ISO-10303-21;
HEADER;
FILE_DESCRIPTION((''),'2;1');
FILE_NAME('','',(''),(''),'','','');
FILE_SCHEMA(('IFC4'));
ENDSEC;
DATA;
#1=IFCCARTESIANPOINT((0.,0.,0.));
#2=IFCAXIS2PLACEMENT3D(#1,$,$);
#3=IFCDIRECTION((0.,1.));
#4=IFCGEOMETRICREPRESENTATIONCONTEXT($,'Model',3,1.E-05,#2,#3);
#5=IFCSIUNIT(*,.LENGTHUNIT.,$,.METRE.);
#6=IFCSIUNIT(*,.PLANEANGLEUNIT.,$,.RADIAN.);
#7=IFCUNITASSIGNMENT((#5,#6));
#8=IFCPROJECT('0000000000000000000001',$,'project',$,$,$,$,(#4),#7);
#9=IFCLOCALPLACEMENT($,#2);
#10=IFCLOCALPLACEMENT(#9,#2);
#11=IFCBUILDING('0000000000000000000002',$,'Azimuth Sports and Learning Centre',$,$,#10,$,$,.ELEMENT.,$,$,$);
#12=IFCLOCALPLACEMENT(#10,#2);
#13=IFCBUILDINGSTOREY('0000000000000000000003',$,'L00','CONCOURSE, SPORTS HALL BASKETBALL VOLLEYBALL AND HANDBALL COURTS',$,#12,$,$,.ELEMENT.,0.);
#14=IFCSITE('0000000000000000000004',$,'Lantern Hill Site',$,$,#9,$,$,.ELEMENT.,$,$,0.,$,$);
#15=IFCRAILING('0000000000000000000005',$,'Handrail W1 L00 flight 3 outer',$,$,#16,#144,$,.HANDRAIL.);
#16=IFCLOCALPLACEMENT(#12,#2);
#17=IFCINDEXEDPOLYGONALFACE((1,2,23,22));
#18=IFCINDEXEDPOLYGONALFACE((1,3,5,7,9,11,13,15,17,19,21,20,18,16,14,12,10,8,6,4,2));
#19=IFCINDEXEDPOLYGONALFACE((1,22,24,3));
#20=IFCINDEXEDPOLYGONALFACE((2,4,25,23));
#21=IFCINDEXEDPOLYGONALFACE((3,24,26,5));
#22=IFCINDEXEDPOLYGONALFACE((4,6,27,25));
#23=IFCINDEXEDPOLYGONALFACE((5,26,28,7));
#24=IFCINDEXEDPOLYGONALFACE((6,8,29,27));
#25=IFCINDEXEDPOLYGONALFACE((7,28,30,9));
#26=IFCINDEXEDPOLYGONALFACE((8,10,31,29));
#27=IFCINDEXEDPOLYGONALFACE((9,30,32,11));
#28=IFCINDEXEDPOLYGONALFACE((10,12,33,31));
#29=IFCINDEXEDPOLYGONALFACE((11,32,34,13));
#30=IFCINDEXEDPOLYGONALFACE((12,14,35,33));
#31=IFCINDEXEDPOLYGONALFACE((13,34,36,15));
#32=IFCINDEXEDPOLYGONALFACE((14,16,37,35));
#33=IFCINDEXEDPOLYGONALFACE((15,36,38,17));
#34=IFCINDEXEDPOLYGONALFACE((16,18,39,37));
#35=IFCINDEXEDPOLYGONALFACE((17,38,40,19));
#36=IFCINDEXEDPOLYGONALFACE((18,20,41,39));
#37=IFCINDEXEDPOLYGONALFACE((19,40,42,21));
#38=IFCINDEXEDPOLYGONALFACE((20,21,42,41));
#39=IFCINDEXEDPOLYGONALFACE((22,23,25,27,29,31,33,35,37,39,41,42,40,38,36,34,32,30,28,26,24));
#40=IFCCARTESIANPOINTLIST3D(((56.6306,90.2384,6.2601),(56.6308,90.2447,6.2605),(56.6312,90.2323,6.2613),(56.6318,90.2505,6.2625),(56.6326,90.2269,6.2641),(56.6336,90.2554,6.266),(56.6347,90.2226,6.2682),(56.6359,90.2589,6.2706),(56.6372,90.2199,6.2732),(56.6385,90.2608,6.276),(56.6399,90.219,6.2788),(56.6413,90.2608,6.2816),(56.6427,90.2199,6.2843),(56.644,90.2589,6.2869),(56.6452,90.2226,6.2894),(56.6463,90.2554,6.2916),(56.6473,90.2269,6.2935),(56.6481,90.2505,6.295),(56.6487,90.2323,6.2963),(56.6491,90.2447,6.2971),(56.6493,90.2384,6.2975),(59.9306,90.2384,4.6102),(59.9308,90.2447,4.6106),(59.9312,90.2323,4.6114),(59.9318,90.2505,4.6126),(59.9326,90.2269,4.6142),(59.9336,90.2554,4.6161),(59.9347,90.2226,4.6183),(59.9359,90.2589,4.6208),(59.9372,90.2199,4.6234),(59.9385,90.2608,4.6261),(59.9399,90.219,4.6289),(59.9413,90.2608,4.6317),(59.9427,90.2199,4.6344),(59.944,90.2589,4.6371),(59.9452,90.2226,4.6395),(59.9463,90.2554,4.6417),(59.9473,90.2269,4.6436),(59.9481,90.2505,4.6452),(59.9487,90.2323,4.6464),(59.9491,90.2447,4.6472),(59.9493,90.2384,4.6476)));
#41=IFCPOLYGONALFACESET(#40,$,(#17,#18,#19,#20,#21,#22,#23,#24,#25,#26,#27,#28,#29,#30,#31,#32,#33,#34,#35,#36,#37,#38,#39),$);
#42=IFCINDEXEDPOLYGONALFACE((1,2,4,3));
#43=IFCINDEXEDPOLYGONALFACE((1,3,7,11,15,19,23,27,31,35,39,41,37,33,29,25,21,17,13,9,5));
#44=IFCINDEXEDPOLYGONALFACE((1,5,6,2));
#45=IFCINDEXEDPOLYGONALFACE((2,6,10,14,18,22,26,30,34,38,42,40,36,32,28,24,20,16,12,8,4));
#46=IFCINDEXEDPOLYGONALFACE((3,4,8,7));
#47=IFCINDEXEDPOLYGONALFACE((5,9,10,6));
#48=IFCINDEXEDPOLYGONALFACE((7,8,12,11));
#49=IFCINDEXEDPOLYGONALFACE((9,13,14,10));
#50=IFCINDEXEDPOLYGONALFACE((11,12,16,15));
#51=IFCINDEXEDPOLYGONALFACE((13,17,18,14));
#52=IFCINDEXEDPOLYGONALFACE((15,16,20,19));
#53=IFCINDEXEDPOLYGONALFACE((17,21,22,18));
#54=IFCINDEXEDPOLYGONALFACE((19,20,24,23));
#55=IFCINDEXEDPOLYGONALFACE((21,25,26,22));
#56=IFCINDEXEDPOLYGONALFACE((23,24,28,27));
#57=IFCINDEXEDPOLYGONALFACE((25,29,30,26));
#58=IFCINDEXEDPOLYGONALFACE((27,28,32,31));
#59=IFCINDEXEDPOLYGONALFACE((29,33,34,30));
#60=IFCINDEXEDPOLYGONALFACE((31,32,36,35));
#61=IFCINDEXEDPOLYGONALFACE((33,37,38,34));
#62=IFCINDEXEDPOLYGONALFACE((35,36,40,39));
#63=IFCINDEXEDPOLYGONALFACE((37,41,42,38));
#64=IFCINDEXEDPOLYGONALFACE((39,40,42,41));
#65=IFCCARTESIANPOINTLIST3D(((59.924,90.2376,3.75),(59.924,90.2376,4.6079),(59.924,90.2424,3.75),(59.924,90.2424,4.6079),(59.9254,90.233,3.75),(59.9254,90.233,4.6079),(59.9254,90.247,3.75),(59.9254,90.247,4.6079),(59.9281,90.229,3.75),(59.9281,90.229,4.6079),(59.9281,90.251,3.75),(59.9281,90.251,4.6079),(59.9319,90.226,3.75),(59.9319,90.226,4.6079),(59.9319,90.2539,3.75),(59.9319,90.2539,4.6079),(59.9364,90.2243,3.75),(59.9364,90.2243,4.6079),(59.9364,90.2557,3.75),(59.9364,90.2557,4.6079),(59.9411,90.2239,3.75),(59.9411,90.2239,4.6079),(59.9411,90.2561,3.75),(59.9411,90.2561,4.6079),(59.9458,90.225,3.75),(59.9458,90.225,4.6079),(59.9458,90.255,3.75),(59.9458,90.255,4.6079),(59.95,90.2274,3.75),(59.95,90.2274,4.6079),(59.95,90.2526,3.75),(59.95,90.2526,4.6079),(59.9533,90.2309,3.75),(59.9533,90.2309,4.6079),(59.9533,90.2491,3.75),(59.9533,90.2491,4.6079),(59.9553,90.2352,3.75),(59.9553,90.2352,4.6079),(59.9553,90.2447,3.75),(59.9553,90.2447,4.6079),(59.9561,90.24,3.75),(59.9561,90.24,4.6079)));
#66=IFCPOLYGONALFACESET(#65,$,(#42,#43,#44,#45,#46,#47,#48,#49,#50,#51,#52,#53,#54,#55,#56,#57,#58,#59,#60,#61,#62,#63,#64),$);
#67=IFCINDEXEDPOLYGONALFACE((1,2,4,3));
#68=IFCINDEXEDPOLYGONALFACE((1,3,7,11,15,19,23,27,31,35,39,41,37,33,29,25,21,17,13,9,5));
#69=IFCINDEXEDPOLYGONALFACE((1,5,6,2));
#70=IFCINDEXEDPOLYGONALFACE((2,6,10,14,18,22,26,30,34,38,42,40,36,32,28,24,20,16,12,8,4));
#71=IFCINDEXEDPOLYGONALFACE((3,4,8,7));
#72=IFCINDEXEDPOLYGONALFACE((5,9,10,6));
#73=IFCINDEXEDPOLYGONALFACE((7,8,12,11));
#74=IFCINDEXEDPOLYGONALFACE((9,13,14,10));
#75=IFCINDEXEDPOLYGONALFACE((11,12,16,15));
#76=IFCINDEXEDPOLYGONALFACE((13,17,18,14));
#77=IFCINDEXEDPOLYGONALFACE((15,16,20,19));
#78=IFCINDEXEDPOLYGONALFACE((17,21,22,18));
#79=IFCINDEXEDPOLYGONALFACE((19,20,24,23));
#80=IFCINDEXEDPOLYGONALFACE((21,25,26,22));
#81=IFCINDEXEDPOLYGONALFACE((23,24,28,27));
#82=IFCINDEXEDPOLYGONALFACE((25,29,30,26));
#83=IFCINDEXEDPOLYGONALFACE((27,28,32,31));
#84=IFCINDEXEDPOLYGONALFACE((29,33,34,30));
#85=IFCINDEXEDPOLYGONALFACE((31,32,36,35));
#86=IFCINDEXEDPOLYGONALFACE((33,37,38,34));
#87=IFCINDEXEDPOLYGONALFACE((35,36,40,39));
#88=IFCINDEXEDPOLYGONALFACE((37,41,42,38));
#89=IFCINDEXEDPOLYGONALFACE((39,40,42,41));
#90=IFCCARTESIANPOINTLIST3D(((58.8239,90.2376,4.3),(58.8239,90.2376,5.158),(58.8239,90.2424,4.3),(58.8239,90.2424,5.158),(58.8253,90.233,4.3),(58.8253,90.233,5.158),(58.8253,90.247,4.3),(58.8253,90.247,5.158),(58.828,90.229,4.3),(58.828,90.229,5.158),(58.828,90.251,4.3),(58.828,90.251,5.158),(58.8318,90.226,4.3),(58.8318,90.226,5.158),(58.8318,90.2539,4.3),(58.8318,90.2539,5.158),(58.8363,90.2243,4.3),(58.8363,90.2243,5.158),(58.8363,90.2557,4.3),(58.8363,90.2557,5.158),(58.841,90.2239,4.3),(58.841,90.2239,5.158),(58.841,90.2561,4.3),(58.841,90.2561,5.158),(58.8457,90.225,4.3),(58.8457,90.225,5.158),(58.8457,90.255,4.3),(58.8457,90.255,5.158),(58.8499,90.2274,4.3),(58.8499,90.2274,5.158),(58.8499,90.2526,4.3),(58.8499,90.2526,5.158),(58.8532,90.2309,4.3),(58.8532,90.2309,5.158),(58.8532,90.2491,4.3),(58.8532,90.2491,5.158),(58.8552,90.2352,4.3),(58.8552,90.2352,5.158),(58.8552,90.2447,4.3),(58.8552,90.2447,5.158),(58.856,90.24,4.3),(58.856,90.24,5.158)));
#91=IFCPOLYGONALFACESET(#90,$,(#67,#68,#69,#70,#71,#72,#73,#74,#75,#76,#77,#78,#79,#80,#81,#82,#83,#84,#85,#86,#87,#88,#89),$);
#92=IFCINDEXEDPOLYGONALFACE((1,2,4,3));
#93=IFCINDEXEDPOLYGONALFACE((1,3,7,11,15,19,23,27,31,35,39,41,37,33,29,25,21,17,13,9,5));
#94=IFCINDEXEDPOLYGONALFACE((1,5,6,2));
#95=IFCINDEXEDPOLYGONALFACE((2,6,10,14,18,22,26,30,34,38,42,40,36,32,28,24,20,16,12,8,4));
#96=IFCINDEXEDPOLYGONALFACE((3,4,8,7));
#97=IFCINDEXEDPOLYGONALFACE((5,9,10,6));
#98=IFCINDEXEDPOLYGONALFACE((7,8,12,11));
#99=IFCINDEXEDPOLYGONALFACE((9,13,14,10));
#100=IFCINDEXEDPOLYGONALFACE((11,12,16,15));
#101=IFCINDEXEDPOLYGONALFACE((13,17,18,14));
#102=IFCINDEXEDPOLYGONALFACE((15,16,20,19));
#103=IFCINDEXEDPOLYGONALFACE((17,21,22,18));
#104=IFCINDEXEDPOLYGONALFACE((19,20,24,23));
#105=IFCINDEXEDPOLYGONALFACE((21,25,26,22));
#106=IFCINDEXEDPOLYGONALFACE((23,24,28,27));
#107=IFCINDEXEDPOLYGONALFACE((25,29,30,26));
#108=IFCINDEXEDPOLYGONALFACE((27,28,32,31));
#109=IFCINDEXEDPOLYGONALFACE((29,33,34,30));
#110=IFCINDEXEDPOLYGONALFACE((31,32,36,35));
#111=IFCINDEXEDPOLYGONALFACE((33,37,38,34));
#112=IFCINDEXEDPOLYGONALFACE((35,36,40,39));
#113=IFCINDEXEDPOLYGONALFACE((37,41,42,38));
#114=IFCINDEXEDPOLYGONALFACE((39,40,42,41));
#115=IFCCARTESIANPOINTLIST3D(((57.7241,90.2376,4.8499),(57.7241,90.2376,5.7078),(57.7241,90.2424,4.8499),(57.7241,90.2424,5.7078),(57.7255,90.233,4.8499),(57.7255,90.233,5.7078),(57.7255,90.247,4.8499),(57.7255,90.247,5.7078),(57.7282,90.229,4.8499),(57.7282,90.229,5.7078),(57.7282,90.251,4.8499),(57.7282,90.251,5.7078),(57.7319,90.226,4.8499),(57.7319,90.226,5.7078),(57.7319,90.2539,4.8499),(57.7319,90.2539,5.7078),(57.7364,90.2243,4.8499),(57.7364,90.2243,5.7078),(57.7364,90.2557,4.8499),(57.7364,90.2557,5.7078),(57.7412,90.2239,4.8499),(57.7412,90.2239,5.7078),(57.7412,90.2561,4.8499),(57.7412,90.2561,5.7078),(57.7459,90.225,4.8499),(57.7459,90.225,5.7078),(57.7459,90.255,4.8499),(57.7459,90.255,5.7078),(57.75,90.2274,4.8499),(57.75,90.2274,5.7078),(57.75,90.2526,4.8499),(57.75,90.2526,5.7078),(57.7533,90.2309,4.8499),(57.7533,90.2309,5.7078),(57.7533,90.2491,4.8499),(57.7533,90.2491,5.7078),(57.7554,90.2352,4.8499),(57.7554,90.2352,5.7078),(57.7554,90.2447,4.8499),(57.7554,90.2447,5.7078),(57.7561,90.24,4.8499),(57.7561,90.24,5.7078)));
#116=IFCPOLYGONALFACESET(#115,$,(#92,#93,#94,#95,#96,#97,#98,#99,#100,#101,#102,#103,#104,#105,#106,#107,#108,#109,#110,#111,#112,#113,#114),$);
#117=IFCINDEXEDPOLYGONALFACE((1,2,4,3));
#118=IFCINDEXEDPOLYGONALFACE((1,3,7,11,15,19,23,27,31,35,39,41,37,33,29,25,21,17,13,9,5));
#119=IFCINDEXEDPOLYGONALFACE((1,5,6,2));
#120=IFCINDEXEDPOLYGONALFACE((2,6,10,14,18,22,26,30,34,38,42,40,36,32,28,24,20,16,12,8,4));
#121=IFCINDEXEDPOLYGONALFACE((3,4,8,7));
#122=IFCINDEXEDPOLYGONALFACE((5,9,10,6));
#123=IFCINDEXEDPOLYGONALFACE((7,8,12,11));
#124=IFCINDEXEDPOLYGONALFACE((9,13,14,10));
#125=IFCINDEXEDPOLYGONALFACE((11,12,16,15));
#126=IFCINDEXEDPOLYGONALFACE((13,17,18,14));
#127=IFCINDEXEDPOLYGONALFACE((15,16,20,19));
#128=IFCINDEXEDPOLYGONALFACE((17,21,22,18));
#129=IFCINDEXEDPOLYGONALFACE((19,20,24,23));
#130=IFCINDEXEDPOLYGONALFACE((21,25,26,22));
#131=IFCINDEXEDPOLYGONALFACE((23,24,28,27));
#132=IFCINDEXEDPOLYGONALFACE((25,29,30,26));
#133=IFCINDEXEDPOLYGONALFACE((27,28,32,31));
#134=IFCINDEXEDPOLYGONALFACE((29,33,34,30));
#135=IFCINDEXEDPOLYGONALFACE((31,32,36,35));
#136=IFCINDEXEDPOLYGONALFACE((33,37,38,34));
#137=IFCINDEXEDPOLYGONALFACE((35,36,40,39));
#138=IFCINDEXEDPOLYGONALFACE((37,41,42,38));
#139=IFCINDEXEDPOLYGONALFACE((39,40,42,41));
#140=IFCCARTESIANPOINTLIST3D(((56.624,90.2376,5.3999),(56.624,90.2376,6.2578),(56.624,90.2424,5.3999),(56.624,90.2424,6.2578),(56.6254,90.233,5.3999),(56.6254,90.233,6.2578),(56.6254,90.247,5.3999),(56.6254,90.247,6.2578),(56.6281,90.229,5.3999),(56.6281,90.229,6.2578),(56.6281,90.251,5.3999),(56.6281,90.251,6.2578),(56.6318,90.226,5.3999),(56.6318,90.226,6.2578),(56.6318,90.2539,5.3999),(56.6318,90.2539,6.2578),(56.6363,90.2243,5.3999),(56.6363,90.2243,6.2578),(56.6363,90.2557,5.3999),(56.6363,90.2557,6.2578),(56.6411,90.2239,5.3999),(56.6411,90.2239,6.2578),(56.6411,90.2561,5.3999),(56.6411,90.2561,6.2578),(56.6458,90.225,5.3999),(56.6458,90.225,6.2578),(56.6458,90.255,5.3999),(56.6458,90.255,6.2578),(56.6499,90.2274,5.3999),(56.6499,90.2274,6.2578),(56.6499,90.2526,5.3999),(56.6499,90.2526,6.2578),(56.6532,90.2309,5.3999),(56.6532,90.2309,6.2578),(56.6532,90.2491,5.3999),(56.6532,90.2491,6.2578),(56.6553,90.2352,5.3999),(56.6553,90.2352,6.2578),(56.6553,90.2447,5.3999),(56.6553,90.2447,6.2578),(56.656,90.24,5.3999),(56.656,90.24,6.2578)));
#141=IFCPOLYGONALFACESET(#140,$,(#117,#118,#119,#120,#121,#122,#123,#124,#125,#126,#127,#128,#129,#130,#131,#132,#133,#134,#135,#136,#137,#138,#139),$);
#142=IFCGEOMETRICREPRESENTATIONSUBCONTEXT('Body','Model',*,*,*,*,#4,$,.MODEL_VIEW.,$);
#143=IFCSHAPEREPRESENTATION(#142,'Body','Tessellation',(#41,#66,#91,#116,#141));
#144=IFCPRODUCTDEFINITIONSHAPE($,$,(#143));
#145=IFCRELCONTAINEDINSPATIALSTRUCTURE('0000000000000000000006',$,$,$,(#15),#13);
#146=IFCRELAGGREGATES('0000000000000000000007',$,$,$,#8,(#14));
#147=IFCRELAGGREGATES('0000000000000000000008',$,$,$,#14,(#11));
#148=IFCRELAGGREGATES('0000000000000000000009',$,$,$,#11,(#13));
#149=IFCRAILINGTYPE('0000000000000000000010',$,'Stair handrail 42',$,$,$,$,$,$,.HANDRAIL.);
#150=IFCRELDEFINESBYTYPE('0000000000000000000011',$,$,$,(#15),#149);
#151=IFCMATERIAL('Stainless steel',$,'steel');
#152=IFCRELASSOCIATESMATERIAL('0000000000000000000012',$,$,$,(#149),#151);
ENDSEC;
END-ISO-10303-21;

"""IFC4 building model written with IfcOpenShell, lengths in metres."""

from ifc_helpers import new_model, si_unit, direction, frame, origin, origin_2d, place, context, subcontext, project, spatial, circle, extrude, material, type_object, element, save


model = new_model("IFC4")

# Units and contexts
model_context = context("Model", 3, precision=1e-05, world=origin(), true_north=direction((0.0, 1.0)))
body_context = subcontext(model_context, "Body", "Model", "MODEL_VIEW")
ifc_project = project(units=[si_unit("LENGTHUNIT", "METRE"), si_unit("PLANEANGLEUNIT", "RADIAN")], contexts=[model_context])

# Site, building, storey
site_placement = place(None, origin())
site = spatial("IfcSite", under=ifc_project, at=site_placement, Name="Lantern Hill Site", CompositionType="ELEMENT", RefElevation=0.0)
building_placement = place(site_placement, origin())
building = spatial("IfcBuilding", under=site, at=building_placement, Name="Azimuth Sports and Learning Centre", CompositionType="ELEMENT")
storey_placement = place(building_placement, origin())
storey = spatial("IfcBuildingStorey", under=building, at=storey_placement, Name="L00", Description="CONCOURSE, SPORTS HALL BASKETBALL VOLLEYBALL AND HANDBALL COURTS", CompositionType="ELEMENT", Elevation=0.0)

# Railing
ifc_material_1 = material(Name="Stainless steel", Category="steel")
railing_type_1 = type_object("IfcRailingType", Name="Stair handrail 42", PredefinedType="HANDRAIL", material=ifc_material_1)
for number, where, name in (
    (1, (59.9399, 90.24, 3.75), "Handrail W1 L00 flight 3 outer"),
):
    element("IfcRailing", number, at=place(storey_placement, frame(where)), inside=storey, type_object=railing_type_1, Name=name, PredefinedType="HANDRAIL", context=body_context, shape_type="SweptSolid", body=[
        extrude(circle(Radius=0.021, at=origin_2d()), frame((0.0, 0.0, 0.8789), z_axis=(-0.89444, 0.0, 0.447187), x_axis=(0.0, -1.0, 0.0)), (0.0, 0.0, 1.0), 3.6895),
        extrude(circle(Radius=0.0161, at=origin_2d()), origin(), (0.0, 0.0, 1.0), 0.8579),
        extrude(circle(Radius=0.0161, at=origin_2d()), frame((-1.1001, 0.0, 0.55)), (0.0, 0.0, 1.0), 0.8579),
        extrude(circle(Radius=0.0161, at=origin_2d()), frame((-2.2, 0.0, 1.0999)), (0.0, 0.0, 1.0), 0.8579),
        extrude(circle(Radius=0.0161, at=origin_2d()), frame((-3.3, 0.0, 1.6499)), (0.0, 0.0, 1.0), 0.8579),
    ])

save(model, "model.ifc")
